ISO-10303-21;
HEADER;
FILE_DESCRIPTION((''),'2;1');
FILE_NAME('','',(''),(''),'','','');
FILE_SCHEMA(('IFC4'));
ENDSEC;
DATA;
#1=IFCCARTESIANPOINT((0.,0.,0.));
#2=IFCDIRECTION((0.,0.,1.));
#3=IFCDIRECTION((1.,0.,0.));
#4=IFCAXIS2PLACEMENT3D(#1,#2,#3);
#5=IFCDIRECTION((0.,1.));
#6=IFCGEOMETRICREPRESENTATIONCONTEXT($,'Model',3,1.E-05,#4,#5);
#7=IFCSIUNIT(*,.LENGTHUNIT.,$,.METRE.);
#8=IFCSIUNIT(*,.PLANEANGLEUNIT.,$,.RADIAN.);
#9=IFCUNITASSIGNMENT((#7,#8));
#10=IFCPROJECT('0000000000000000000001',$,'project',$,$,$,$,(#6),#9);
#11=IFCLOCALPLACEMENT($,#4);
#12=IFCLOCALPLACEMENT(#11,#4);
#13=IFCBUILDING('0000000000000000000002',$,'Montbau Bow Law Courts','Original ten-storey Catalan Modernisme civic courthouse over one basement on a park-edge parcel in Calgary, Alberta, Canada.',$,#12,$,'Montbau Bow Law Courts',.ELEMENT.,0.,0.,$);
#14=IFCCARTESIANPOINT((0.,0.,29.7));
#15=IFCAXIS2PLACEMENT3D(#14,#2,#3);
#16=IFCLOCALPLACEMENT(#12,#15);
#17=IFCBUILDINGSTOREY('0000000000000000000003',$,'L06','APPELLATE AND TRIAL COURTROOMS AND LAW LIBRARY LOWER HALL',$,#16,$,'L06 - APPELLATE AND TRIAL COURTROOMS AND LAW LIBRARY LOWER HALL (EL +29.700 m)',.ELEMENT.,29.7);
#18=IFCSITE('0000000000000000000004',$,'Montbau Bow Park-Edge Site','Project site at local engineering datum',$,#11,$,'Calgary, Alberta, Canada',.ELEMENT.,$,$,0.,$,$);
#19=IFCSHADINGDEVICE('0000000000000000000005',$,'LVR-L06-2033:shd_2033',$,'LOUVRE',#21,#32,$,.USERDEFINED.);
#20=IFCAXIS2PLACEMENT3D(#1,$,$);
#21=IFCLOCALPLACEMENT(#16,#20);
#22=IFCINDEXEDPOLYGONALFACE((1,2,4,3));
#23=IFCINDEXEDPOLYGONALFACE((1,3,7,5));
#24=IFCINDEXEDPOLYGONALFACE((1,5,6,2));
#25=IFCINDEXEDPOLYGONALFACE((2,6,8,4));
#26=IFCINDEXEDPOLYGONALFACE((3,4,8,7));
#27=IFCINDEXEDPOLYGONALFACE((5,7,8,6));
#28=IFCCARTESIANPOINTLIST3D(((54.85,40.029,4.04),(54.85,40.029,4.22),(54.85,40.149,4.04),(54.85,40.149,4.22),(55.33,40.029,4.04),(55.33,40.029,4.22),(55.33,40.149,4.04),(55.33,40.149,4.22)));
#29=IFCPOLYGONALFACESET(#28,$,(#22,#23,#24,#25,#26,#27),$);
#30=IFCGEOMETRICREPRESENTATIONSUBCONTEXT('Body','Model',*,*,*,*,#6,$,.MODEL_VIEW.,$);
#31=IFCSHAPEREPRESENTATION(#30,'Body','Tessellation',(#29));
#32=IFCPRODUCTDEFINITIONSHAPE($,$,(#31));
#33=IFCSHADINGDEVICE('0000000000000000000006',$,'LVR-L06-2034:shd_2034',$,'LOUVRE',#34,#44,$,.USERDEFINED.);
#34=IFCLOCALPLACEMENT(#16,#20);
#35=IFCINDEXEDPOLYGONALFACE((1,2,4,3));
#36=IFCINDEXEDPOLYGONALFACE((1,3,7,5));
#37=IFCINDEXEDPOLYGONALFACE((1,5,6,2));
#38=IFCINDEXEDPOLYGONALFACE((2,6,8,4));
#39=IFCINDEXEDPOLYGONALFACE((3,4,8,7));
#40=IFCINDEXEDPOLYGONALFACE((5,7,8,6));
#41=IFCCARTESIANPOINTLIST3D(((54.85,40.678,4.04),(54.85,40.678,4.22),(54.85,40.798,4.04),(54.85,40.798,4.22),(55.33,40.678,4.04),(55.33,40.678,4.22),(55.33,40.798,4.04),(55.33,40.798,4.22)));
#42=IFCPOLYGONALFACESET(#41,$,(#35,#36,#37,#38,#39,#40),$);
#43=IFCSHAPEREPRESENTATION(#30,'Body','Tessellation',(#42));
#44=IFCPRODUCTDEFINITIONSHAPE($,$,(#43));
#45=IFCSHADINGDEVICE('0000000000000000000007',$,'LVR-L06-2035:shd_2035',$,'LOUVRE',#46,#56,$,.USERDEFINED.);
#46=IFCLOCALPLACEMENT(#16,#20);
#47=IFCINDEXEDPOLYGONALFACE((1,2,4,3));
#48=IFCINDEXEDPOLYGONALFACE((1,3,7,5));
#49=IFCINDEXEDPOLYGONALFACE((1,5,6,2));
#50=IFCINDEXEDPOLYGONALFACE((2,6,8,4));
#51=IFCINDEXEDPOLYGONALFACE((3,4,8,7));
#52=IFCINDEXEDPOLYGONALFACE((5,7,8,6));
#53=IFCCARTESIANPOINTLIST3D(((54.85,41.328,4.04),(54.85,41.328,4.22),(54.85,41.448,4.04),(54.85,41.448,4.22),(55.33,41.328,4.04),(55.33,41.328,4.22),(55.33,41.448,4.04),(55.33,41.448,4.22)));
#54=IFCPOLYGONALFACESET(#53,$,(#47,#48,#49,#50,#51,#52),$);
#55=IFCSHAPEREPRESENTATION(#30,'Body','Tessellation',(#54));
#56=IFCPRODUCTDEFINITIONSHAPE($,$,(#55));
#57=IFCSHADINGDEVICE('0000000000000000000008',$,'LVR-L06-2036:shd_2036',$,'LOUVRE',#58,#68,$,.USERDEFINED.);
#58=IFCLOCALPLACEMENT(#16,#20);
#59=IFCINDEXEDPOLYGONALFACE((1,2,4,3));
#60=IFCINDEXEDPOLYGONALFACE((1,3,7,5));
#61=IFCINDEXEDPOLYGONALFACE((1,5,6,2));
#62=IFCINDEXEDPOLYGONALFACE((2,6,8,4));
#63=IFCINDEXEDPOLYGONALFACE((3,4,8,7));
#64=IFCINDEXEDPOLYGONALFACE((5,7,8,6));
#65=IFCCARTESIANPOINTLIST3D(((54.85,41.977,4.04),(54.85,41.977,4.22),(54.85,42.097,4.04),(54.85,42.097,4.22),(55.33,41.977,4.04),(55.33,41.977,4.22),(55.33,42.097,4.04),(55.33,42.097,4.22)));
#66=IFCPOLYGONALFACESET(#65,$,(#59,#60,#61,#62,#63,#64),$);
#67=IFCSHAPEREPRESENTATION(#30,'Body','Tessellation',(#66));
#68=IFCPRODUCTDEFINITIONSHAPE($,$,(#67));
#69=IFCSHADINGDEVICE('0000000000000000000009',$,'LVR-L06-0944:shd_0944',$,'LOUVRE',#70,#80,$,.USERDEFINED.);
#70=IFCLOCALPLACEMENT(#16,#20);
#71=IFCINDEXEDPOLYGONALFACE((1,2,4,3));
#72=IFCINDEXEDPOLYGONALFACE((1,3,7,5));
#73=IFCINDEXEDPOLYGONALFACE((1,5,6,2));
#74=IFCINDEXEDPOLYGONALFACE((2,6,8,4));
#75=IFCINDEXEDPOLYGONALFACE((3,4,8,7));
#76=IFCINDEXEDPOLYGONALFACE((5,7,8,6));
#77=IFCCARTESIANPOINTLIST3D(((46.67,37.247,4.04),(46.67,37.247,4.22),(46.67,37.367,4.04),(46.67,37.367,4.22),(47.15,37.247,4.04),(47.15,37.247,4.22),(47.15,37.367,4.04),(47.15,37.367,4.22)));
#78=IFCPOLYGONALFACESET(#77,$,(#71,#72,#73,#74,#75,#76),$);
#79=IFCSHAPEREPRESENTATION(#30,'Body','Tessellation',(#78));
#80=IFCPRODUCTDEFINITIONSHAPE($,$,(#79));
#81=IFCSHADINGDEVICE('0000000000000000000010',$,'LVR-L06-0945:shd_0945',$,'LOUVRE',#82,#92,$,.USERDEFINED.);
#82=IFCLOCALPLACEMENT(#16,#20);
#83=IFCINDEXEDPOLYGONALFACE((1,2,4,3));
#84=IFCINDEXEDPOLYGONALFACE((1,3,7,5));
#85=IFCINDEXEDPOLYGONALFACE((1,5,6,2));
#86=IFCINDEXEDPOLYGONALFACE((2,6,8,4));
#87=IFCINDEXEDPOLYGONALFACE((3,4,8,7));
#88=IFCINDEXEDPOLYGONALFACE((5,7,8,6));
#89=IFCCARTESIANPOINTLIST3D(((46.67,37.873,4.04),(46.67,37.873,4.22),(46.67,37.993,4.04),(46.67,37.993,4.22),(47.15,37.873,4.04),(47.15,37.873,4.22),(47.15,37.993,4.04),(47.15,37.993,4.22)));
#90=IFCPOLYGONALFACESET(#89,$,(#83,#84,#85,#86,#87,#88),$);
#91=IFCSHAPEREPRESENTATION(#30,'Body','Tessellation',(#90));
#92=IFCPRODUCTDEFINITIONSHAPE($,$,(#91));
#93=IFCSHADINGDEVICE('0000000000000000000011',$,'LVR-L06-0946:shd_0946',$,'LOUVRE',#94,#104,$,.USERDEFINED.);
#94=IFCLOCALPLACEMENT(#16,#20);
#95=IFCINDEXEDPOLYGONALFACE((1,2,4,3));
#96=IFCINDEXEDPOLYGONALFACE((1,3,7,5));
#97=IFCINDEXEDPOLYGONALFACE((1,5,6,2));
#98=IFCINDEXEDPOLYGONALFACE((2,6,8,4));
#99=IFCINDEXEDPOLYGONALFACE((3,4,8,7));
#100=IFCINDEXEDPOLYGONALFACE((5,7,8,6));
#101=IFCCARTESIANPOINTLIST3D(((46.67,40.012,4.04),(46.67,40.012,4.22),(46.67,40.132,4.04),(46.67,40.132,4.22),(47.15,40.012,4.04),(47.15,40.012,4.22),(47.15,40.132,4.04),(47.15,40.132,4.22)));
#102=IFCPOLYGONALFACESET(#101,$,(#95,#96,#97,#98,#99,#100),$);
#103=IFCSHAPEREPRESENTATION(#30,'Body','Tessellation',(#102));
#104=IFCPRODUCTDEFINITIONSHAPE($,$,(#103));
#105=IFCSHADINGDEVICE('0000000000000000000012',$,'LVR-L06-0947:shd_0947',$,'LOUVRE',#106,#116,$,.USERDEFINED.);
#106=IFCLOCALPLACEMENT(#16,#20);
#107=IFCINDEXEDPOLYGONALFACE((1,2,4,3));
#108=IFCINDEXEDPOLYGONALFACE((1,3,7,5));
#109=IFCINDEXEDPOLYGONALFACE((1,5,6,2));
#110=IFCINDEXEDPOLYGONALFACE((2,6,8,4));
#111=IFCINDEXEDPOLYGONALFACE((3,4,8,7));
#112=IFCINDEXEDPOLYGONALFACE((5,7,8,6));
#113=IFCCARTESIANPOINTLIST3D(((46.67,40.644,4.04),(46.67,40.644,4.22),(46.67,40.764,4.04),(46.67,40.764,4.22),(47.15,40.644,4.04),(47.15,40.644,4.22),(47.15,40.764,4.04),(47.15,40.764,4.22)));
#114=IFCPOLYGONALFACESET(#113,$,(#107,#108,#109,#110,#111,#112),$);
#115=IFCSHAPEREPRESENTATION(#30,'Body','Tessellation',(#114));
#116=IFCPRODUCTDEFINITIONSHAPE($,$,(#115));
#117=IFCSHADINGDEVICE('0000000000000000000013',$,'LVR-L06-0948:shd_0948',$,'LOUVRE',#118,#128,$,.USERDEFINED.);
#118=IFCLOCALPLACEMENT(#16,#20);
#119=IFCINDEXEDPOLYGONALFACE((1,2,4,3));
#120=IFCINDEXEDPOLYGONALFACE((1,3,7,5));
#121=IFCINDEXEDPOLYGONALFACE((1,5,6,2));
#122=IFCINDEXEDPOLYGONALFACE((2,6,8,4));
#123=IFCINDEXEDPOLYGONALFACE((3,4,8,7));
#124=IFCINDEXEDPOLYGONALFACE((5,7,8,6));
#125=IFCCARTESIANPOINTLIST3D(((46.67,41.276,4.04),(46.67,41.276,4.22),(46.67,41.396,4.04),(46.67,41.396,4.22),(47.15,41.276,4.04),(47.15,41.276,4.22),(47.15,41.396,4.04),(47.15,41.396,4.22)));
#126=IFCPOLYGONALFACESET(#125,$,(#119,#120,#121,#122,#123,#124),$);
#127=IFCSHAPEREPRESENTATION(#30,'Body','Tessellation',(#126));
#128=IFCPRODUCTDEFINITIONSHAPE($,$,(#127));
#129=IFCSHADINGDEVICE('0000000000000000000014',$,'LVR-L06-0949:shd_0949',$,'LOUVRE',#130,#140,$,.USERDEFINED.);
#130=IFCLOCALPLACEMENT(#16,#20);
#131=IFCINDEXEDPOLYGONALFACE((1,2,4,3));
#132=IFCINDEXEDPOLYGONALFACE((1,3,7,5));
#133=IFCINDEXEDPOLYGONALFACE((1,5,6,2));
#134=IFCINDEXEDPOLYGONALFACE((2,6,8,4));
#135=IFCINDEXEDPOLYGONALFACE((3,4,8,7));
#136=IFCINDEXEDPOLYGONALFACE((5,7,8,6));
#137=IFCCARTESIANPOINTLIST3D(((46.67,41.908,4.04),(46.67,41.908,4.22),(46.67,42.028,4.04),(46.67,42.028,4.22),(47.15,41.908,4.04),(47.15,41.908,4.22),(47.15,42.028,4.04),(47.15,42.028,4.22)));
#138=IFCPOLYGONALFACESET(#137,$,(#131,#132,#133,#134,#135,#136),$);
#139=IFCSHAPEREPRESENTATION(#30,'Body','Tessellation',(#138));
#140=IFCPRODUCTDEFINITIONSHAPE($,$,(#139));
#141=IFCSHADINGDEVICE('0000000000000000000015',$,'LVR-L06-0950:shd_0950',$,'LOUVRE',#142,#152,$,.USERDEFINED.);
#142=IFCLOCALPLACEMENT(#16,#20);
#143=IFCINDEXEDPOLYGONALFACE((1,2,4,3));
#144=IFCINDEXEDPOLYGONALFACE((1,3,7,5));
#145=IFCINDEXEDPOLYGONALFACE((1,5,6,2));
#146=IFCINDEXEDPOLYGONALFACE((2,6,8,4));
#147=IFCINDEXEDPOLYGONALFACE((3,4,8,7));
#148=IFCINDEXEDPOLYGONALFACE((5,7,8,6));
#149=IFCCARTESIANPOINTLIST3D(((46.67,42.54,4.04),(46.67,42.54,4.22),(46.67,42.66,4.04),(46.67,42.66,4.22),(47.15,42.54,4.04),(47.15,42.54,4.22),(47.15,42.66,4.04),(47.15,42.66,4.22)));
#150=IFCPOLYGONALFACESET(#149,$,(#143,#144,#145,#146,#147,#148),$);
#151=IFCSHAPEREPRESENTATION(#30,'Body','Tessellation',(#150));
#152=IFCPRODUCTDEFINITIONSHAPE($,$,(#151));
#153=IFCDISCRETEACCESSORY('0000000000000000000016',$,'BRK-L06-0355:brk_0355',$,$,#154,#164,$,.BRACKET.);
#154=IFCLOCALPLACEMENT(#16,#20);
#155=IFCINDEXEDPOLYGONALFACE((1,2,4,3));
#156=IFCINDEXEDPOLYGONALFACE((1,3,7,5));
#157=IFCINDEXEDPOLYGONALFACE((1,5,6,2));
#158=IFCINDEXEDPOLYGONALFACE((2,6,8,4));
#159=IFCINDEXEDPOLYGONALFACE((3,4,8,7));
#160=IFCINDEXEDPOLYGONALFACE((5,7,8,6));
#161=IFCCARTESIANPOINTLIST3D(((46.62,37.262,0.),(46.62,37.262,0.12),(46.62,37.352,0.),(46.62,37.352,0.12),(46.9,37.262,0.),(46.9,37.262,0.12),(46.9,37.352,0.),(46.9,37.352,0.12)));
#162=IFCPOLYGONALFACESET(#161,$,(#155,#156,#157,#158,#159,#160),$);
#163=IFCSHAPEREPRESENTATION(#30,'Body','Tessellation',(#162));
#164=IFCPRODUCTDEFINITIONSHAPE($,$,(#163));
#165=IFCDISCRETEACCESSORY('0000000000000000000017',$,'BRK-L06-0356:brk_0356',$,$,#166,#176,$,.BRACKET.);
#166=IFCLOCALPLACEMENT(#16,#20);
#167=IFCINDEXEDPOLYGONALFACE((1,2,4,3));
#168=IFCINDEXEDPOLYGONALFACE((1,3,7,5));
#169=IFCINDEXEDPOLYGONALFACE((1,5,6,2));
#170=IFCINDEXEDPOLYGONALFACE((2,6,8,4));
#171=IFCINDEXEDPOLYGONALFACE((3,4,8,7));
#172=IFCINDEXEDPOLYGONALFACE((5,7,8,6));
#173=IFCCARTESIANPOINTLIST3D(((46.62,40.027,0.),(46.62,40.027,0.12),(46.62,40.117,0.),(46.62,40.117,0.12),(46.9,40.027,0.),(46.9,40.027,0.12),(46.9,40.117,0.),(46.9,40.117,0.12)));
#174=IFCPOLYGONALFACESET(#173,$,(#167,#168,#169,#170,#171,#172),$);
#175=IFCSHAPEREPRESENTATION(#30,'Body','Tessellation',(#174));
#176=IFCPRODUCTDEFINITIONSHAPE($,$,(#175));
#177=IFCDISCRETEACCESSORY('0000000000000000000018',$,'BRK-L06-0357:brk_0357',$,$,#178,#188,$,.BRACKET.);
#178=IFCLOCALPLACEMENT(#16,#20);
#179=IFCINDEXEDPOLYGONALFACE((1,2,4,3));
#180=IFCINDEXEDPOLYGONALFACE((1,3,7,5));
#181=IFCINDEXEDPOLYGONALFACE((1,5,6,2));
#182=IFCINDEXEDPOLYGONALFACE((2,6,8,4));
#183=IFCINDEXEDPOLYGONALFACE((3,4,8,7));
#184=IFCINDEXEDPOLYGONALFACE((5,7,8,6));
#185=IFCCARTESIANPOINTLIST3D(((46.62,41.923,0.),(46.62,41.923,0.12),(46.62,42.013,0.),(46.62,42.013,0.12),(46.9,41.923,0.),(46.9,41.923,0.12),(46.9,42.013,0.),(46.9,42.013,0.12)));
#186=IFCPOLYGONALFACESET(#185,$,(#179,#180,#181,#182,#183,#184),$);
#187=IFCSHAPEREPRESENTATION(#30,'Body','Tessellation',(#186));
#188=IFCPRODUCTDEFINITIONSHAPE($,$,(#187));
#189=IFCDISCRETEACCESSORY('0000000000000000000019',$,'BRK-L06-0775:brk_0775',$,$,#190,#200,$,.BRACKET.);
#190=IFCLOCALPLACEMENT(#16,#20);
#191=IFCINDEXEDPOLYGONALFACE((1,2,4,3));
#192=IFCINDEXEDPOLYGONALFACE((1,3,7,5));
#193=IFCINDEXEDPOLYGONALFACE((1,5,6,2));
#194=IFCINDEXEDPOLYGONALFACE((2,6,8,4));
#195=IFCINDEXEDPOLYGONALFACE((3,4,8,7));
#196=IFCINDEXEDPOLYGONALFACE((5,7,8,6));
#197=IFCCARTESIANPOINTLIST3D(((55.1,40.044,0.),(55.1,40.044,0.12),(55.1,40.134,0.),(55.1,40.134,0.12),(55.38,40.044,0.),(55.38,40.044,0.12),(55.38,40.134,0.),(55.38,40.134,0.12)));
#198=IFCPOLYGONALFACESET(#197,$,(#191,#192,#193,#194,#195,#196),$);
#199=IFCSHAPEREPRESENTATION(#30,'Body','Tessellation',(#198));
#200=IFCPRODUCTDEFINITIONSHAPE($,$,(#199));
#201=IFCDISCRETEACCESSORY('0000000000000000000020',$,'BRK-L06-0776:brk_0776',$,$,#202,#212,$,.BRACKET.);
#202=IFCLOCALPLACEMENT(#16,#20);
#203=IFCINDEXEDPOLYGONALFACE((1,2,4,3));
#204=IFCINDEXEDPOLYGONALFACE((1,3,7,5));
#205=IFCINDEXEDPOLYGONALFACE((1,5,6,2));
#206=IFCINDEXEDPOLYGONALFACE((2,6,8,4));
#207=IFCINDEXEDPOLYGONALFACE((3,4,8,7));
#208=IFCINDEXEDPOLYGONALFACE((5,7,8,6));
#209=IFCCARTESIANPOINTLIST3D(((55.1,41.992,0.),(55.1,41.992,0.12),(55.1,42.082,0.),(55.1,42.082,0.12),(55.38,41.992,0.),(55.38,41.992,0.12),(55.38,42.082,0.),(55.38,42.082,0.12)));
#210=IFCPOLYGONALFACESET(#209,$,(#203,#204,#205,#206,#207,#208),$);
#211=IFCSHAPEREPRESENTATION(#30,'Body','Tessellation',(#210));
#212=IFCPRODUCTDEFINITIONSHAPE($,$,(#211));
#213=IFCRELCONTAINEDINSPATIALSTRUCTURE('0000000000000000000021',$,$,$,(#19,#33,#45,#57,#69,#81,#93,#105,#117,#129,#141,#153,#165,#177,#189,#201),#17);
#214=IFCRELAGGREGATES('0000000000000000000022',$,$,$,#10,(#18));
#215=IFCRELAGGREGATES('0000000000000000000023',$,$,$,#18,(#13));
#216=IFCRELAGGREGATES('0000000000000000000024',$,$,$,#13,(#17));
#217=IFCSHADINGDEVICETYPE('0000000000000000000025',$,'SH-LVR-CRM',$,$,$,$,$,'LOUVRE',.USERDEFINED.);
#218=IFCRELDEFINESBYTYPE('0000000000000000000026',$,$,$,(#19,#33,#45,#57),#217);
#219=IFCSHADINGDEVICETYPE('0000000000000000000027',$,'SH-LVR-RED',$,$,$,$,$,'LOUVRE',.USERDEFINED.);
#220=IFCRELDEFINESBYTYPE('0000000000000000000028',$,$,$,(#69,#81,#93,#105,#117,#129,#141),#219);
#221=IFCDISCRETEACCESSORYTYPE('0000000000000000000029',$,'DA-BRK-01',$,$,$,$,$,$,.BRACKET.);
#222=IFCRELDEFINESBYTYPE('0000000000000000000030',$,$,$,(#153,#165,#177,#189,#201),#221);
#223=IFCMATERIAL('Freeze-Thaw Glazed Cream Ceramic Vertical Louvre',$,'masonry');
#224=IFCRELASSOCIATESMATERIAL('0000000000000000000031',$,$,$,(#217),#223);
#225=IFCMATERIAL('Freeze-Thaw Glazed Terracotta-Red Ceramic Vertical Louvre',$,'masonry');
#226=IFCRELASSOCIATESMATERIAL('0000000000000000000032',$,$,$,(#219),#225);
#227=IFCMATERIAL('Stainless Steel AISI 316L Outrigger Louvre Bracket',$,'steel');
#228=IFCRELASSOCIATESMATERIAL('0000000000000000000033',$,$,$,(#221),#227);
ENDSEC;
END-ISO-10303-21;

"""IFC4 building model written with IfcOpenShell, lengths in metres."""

from ifc_helpers import new_model, si_unit, direction, frame, origin_with_axes, origin_2d_with_axis, place, context, subcontext, project, spatial, rectangle, extrude, material, type_object, element, save


model = new_model("IFC4")

# Units and contexts
model_context = context("Model", 3, precision=1e-05, world=origin_with_axes(), true_north=direction((0.0, 1.0)))
body_context = subcontext(model_context, "Body", "Model", "MODEL_VIEW")
ifc_project = project(units=[si_unit("LENGTHUNIT", "METRE"), si_unit("PLANEANGLEUNIT", "RADIAN")], contexts=[model_context])

# Site, building, storey
site_placement = place(None, origin_with_axes())
site = spatial("IfcSite", under=ifc_project, at=site_placement, Name="Montbau Bow Park-Edge Site", Description="Project site at local engineering datum", LongName="Calgary, Alberta, Canada", CompositionType="ELEMENT", RefElevation=0.0)
building_placement = place(site_placement, origin_with_axes())
building = spatial("IfcBuilding", under=site, at=building_placement, Name="Montbau Bow Law Courts", Description="Original ten-storey Catalan Modernisme civic courthouse over one basement on a park-edge parcel in Calgary, Alberta, Canada.", LongName="Montbau Bow Law Courts", CompositionType="ELEMENT", ElevationOfRefHeight=0.0, ElevationOfTerrain=0.0)
storey_placement = place(building_placement, frame((0.0, 0.0, 29.7), z_axis=(0.0, 0.0, 1.0), x_axis=(1.0, 0.0, 0.0)))
storey = spatial("IfcBuildingStorey", under=building, at=storey_placement, Name="L06", Description="APPELLATE AND TRIAL COURTROOMS AND LAW LIBRARY LOWER HALL", LongName="L06 - APPELLATE AND TRIAL COURTROOMS AND LAW LIBRARY LOWER HALL (EL +29.700 m)", CompositionType="ELEMENT", Elevation=29.7)

# Shading devices
ifc_material_1 = material(Name="Freeze-Thaw Glazed Cream Ceramic Vertical Louvre", Category="masonry")
shading_device_type_1 = type_object("IfcShadingDeviceType", Name="SH-LVR-CRM", ElementType="LOUVRE", PredefinedType="USERDEFINED", material=ifc_material_1)
for number, where, z_axis, x_axis, name in (
    (1, (55.09, 40.089, 33.74), (0.0, 0.0, 1.0), (-1.0, 0.0, 0.0), "LVR-L06-2033:shd_2033"),
    (2, (55.09, 40.738, 33.74), (0.0, 0.0, 1.0), (-1.0, 0.0, 0.0), "LVR-L06-2034:shd_2034"),
    (3, (55.09, 41.388, 33.74), (0.0, 0.0, 1.0), (-1.0, 0.0, 0.0), "LVR-L06-2035:shd_2035"),
    (4, (55.09, 42.037, 33.74), (0.0, 0.0, 1.0), (-1.0, 0.0, 0.0), "LVR-L06-2036:shd_2036"),
):
    element("IfcShadingDevice", number, at=place(None, frame(where, z_axis=z_axis, x_axis=x_axis)), inside=storey, type_object=shading_device_type_1, Name=name, ObjectType="LOUVRE", PredefinedType="USERDEFINED", context=body_context, shape_type="SweptSolid", body=[
        extrude(rectangle(XDim=0.48, YDim=0.12, at=origin_2d_with_axis()), origin_with_axes(), (0.0, 0.0, 1.0), 0.18),
    ])
ifc_material_2 = material(Name="Freeze-Thaw Glazed Terracotta-Red Ceramic Vertical Louvre", Category="masonry")
shading_device_type_2 = type_object("IfcShadingDeviceType", Name="SH-LVR-RED", ElementType="LOUVRE", PredefinedType="USERDEFINED", material=ifc_material_2)
for number, where, z_axis, x_axis, name in (
    (5, (46.91, 37.307, 33.74), (0.0, 0.0, 1.0), (1.0, 0.0, 0.0), "LVR-L06-0944:shd_0944"),
    (6, (46.91, 37.933, 33.74), (0.0, 0.0, 1.0), (1.0, 0.0, 0.0), "LVR-L06-0945:shd_0945"),
    (7, (46.91, 40.072, 33.74), (0.0, 0.0, 1.0), (1.0, 0.0, 0.0), "LVR-L06-0946:shd_0946"),
    (8, (46.91, 40.704, 33.74), (0.0, 0.0, 1.0), (1.0, 0.0, 0.0), "LVR-L06-0947:shd_0947"),
    (9, (46.91, 41.336, 33.74), (0.0, 0.0, 1.0), (1.0, 0.0, 0.0), "LVR-L06-0948:shd_0948"),
    (10, (46.91, 41.968, 33.74), (0.0, 0.0, 1.0), (1.0, 0.0, 0.0), "LVR-L06-0949:shd_0949"),
    (11, (46.91, 42.6, 33.74), (0.0, 0.0, 1.0), (1.0, 0.0, 0.0), "LVR-L06-0950:shd_0950"),
):
    element("IfcShadingDevice", number, at=place(None, frame(where, z_axis=z_axis, x_axis=x_axis)), inside=storey, type_object=shading_device_type_2, Name=name, ObjectType="LOUVRE", PredefinedType="USERDEFINED", context=body_context, shape_type="SweptSolid", body=[
        extrude(rectangle(XDim=0.48, YDim=0.12, at=origin_2d_with_axis()), origin_with_axes(), (0.0, 0.0, 1.0), 0.18),
    ])

# Discrete accessories
ifc_material_3 = material(Name="Stainless Steel AISI 316L Outrigger Louvre Bracket", Category="steel")
discrete_accessory_type = type_object("IfcDiscreteAccessoryType", Name="DA-BRK-01", PredefinedType="BRACKET", material=ifc_material_3)
for number, where, z_axis, x_axis, name in (
    (12, (46.76, 37.307, 29.7), (0.0, 0.0, 1.0), (1.0, 0.0, 0.0), "BRK-L06-0355:brk_0355"),
    (13, (46.76, 40.072, 29.7), (0.0, 0.0, 1.0), (1.0, 0.0, 0.0), "BRK-L06-0356:brk_0356"),
    (14, (46.76, 41.968, 29.7), (0.0, 0.0, 1.0), (1.0, 0.0, 0.0), "BRK-L06-0357:brk_0357"),
    (15, (55.24, 40.089, 29.7), (0.0, 0.0, 1.0), (-1.0, 0.0, 0.0), "BRK-L06-0775:brk_0775"),
    (16, (55.24, 42.037, 29.7), (0.0, 0.0, 1.0), (-1.0, 0.0, 0.0), "BRK-L06-0776:brk_0776"),
):
    element("IfcDiscreteAccessory", number, at=place(None, frame(where, z_axis=z_axis, x_axis=x_axis)), inside=storey, type_object=discrete_accessory_type, Name=name, PredefinedType="BRACKET", context=body_context, shape_type="SweptSolid", body=[
        extrude(rectangle(XDim=0.28, YDim=0.09, at=origin_2d_with_axis()), origin_with_axes(), (0.0, 0.0, 1.0), 0.12),
    ])

save(model, "model.ifc")
